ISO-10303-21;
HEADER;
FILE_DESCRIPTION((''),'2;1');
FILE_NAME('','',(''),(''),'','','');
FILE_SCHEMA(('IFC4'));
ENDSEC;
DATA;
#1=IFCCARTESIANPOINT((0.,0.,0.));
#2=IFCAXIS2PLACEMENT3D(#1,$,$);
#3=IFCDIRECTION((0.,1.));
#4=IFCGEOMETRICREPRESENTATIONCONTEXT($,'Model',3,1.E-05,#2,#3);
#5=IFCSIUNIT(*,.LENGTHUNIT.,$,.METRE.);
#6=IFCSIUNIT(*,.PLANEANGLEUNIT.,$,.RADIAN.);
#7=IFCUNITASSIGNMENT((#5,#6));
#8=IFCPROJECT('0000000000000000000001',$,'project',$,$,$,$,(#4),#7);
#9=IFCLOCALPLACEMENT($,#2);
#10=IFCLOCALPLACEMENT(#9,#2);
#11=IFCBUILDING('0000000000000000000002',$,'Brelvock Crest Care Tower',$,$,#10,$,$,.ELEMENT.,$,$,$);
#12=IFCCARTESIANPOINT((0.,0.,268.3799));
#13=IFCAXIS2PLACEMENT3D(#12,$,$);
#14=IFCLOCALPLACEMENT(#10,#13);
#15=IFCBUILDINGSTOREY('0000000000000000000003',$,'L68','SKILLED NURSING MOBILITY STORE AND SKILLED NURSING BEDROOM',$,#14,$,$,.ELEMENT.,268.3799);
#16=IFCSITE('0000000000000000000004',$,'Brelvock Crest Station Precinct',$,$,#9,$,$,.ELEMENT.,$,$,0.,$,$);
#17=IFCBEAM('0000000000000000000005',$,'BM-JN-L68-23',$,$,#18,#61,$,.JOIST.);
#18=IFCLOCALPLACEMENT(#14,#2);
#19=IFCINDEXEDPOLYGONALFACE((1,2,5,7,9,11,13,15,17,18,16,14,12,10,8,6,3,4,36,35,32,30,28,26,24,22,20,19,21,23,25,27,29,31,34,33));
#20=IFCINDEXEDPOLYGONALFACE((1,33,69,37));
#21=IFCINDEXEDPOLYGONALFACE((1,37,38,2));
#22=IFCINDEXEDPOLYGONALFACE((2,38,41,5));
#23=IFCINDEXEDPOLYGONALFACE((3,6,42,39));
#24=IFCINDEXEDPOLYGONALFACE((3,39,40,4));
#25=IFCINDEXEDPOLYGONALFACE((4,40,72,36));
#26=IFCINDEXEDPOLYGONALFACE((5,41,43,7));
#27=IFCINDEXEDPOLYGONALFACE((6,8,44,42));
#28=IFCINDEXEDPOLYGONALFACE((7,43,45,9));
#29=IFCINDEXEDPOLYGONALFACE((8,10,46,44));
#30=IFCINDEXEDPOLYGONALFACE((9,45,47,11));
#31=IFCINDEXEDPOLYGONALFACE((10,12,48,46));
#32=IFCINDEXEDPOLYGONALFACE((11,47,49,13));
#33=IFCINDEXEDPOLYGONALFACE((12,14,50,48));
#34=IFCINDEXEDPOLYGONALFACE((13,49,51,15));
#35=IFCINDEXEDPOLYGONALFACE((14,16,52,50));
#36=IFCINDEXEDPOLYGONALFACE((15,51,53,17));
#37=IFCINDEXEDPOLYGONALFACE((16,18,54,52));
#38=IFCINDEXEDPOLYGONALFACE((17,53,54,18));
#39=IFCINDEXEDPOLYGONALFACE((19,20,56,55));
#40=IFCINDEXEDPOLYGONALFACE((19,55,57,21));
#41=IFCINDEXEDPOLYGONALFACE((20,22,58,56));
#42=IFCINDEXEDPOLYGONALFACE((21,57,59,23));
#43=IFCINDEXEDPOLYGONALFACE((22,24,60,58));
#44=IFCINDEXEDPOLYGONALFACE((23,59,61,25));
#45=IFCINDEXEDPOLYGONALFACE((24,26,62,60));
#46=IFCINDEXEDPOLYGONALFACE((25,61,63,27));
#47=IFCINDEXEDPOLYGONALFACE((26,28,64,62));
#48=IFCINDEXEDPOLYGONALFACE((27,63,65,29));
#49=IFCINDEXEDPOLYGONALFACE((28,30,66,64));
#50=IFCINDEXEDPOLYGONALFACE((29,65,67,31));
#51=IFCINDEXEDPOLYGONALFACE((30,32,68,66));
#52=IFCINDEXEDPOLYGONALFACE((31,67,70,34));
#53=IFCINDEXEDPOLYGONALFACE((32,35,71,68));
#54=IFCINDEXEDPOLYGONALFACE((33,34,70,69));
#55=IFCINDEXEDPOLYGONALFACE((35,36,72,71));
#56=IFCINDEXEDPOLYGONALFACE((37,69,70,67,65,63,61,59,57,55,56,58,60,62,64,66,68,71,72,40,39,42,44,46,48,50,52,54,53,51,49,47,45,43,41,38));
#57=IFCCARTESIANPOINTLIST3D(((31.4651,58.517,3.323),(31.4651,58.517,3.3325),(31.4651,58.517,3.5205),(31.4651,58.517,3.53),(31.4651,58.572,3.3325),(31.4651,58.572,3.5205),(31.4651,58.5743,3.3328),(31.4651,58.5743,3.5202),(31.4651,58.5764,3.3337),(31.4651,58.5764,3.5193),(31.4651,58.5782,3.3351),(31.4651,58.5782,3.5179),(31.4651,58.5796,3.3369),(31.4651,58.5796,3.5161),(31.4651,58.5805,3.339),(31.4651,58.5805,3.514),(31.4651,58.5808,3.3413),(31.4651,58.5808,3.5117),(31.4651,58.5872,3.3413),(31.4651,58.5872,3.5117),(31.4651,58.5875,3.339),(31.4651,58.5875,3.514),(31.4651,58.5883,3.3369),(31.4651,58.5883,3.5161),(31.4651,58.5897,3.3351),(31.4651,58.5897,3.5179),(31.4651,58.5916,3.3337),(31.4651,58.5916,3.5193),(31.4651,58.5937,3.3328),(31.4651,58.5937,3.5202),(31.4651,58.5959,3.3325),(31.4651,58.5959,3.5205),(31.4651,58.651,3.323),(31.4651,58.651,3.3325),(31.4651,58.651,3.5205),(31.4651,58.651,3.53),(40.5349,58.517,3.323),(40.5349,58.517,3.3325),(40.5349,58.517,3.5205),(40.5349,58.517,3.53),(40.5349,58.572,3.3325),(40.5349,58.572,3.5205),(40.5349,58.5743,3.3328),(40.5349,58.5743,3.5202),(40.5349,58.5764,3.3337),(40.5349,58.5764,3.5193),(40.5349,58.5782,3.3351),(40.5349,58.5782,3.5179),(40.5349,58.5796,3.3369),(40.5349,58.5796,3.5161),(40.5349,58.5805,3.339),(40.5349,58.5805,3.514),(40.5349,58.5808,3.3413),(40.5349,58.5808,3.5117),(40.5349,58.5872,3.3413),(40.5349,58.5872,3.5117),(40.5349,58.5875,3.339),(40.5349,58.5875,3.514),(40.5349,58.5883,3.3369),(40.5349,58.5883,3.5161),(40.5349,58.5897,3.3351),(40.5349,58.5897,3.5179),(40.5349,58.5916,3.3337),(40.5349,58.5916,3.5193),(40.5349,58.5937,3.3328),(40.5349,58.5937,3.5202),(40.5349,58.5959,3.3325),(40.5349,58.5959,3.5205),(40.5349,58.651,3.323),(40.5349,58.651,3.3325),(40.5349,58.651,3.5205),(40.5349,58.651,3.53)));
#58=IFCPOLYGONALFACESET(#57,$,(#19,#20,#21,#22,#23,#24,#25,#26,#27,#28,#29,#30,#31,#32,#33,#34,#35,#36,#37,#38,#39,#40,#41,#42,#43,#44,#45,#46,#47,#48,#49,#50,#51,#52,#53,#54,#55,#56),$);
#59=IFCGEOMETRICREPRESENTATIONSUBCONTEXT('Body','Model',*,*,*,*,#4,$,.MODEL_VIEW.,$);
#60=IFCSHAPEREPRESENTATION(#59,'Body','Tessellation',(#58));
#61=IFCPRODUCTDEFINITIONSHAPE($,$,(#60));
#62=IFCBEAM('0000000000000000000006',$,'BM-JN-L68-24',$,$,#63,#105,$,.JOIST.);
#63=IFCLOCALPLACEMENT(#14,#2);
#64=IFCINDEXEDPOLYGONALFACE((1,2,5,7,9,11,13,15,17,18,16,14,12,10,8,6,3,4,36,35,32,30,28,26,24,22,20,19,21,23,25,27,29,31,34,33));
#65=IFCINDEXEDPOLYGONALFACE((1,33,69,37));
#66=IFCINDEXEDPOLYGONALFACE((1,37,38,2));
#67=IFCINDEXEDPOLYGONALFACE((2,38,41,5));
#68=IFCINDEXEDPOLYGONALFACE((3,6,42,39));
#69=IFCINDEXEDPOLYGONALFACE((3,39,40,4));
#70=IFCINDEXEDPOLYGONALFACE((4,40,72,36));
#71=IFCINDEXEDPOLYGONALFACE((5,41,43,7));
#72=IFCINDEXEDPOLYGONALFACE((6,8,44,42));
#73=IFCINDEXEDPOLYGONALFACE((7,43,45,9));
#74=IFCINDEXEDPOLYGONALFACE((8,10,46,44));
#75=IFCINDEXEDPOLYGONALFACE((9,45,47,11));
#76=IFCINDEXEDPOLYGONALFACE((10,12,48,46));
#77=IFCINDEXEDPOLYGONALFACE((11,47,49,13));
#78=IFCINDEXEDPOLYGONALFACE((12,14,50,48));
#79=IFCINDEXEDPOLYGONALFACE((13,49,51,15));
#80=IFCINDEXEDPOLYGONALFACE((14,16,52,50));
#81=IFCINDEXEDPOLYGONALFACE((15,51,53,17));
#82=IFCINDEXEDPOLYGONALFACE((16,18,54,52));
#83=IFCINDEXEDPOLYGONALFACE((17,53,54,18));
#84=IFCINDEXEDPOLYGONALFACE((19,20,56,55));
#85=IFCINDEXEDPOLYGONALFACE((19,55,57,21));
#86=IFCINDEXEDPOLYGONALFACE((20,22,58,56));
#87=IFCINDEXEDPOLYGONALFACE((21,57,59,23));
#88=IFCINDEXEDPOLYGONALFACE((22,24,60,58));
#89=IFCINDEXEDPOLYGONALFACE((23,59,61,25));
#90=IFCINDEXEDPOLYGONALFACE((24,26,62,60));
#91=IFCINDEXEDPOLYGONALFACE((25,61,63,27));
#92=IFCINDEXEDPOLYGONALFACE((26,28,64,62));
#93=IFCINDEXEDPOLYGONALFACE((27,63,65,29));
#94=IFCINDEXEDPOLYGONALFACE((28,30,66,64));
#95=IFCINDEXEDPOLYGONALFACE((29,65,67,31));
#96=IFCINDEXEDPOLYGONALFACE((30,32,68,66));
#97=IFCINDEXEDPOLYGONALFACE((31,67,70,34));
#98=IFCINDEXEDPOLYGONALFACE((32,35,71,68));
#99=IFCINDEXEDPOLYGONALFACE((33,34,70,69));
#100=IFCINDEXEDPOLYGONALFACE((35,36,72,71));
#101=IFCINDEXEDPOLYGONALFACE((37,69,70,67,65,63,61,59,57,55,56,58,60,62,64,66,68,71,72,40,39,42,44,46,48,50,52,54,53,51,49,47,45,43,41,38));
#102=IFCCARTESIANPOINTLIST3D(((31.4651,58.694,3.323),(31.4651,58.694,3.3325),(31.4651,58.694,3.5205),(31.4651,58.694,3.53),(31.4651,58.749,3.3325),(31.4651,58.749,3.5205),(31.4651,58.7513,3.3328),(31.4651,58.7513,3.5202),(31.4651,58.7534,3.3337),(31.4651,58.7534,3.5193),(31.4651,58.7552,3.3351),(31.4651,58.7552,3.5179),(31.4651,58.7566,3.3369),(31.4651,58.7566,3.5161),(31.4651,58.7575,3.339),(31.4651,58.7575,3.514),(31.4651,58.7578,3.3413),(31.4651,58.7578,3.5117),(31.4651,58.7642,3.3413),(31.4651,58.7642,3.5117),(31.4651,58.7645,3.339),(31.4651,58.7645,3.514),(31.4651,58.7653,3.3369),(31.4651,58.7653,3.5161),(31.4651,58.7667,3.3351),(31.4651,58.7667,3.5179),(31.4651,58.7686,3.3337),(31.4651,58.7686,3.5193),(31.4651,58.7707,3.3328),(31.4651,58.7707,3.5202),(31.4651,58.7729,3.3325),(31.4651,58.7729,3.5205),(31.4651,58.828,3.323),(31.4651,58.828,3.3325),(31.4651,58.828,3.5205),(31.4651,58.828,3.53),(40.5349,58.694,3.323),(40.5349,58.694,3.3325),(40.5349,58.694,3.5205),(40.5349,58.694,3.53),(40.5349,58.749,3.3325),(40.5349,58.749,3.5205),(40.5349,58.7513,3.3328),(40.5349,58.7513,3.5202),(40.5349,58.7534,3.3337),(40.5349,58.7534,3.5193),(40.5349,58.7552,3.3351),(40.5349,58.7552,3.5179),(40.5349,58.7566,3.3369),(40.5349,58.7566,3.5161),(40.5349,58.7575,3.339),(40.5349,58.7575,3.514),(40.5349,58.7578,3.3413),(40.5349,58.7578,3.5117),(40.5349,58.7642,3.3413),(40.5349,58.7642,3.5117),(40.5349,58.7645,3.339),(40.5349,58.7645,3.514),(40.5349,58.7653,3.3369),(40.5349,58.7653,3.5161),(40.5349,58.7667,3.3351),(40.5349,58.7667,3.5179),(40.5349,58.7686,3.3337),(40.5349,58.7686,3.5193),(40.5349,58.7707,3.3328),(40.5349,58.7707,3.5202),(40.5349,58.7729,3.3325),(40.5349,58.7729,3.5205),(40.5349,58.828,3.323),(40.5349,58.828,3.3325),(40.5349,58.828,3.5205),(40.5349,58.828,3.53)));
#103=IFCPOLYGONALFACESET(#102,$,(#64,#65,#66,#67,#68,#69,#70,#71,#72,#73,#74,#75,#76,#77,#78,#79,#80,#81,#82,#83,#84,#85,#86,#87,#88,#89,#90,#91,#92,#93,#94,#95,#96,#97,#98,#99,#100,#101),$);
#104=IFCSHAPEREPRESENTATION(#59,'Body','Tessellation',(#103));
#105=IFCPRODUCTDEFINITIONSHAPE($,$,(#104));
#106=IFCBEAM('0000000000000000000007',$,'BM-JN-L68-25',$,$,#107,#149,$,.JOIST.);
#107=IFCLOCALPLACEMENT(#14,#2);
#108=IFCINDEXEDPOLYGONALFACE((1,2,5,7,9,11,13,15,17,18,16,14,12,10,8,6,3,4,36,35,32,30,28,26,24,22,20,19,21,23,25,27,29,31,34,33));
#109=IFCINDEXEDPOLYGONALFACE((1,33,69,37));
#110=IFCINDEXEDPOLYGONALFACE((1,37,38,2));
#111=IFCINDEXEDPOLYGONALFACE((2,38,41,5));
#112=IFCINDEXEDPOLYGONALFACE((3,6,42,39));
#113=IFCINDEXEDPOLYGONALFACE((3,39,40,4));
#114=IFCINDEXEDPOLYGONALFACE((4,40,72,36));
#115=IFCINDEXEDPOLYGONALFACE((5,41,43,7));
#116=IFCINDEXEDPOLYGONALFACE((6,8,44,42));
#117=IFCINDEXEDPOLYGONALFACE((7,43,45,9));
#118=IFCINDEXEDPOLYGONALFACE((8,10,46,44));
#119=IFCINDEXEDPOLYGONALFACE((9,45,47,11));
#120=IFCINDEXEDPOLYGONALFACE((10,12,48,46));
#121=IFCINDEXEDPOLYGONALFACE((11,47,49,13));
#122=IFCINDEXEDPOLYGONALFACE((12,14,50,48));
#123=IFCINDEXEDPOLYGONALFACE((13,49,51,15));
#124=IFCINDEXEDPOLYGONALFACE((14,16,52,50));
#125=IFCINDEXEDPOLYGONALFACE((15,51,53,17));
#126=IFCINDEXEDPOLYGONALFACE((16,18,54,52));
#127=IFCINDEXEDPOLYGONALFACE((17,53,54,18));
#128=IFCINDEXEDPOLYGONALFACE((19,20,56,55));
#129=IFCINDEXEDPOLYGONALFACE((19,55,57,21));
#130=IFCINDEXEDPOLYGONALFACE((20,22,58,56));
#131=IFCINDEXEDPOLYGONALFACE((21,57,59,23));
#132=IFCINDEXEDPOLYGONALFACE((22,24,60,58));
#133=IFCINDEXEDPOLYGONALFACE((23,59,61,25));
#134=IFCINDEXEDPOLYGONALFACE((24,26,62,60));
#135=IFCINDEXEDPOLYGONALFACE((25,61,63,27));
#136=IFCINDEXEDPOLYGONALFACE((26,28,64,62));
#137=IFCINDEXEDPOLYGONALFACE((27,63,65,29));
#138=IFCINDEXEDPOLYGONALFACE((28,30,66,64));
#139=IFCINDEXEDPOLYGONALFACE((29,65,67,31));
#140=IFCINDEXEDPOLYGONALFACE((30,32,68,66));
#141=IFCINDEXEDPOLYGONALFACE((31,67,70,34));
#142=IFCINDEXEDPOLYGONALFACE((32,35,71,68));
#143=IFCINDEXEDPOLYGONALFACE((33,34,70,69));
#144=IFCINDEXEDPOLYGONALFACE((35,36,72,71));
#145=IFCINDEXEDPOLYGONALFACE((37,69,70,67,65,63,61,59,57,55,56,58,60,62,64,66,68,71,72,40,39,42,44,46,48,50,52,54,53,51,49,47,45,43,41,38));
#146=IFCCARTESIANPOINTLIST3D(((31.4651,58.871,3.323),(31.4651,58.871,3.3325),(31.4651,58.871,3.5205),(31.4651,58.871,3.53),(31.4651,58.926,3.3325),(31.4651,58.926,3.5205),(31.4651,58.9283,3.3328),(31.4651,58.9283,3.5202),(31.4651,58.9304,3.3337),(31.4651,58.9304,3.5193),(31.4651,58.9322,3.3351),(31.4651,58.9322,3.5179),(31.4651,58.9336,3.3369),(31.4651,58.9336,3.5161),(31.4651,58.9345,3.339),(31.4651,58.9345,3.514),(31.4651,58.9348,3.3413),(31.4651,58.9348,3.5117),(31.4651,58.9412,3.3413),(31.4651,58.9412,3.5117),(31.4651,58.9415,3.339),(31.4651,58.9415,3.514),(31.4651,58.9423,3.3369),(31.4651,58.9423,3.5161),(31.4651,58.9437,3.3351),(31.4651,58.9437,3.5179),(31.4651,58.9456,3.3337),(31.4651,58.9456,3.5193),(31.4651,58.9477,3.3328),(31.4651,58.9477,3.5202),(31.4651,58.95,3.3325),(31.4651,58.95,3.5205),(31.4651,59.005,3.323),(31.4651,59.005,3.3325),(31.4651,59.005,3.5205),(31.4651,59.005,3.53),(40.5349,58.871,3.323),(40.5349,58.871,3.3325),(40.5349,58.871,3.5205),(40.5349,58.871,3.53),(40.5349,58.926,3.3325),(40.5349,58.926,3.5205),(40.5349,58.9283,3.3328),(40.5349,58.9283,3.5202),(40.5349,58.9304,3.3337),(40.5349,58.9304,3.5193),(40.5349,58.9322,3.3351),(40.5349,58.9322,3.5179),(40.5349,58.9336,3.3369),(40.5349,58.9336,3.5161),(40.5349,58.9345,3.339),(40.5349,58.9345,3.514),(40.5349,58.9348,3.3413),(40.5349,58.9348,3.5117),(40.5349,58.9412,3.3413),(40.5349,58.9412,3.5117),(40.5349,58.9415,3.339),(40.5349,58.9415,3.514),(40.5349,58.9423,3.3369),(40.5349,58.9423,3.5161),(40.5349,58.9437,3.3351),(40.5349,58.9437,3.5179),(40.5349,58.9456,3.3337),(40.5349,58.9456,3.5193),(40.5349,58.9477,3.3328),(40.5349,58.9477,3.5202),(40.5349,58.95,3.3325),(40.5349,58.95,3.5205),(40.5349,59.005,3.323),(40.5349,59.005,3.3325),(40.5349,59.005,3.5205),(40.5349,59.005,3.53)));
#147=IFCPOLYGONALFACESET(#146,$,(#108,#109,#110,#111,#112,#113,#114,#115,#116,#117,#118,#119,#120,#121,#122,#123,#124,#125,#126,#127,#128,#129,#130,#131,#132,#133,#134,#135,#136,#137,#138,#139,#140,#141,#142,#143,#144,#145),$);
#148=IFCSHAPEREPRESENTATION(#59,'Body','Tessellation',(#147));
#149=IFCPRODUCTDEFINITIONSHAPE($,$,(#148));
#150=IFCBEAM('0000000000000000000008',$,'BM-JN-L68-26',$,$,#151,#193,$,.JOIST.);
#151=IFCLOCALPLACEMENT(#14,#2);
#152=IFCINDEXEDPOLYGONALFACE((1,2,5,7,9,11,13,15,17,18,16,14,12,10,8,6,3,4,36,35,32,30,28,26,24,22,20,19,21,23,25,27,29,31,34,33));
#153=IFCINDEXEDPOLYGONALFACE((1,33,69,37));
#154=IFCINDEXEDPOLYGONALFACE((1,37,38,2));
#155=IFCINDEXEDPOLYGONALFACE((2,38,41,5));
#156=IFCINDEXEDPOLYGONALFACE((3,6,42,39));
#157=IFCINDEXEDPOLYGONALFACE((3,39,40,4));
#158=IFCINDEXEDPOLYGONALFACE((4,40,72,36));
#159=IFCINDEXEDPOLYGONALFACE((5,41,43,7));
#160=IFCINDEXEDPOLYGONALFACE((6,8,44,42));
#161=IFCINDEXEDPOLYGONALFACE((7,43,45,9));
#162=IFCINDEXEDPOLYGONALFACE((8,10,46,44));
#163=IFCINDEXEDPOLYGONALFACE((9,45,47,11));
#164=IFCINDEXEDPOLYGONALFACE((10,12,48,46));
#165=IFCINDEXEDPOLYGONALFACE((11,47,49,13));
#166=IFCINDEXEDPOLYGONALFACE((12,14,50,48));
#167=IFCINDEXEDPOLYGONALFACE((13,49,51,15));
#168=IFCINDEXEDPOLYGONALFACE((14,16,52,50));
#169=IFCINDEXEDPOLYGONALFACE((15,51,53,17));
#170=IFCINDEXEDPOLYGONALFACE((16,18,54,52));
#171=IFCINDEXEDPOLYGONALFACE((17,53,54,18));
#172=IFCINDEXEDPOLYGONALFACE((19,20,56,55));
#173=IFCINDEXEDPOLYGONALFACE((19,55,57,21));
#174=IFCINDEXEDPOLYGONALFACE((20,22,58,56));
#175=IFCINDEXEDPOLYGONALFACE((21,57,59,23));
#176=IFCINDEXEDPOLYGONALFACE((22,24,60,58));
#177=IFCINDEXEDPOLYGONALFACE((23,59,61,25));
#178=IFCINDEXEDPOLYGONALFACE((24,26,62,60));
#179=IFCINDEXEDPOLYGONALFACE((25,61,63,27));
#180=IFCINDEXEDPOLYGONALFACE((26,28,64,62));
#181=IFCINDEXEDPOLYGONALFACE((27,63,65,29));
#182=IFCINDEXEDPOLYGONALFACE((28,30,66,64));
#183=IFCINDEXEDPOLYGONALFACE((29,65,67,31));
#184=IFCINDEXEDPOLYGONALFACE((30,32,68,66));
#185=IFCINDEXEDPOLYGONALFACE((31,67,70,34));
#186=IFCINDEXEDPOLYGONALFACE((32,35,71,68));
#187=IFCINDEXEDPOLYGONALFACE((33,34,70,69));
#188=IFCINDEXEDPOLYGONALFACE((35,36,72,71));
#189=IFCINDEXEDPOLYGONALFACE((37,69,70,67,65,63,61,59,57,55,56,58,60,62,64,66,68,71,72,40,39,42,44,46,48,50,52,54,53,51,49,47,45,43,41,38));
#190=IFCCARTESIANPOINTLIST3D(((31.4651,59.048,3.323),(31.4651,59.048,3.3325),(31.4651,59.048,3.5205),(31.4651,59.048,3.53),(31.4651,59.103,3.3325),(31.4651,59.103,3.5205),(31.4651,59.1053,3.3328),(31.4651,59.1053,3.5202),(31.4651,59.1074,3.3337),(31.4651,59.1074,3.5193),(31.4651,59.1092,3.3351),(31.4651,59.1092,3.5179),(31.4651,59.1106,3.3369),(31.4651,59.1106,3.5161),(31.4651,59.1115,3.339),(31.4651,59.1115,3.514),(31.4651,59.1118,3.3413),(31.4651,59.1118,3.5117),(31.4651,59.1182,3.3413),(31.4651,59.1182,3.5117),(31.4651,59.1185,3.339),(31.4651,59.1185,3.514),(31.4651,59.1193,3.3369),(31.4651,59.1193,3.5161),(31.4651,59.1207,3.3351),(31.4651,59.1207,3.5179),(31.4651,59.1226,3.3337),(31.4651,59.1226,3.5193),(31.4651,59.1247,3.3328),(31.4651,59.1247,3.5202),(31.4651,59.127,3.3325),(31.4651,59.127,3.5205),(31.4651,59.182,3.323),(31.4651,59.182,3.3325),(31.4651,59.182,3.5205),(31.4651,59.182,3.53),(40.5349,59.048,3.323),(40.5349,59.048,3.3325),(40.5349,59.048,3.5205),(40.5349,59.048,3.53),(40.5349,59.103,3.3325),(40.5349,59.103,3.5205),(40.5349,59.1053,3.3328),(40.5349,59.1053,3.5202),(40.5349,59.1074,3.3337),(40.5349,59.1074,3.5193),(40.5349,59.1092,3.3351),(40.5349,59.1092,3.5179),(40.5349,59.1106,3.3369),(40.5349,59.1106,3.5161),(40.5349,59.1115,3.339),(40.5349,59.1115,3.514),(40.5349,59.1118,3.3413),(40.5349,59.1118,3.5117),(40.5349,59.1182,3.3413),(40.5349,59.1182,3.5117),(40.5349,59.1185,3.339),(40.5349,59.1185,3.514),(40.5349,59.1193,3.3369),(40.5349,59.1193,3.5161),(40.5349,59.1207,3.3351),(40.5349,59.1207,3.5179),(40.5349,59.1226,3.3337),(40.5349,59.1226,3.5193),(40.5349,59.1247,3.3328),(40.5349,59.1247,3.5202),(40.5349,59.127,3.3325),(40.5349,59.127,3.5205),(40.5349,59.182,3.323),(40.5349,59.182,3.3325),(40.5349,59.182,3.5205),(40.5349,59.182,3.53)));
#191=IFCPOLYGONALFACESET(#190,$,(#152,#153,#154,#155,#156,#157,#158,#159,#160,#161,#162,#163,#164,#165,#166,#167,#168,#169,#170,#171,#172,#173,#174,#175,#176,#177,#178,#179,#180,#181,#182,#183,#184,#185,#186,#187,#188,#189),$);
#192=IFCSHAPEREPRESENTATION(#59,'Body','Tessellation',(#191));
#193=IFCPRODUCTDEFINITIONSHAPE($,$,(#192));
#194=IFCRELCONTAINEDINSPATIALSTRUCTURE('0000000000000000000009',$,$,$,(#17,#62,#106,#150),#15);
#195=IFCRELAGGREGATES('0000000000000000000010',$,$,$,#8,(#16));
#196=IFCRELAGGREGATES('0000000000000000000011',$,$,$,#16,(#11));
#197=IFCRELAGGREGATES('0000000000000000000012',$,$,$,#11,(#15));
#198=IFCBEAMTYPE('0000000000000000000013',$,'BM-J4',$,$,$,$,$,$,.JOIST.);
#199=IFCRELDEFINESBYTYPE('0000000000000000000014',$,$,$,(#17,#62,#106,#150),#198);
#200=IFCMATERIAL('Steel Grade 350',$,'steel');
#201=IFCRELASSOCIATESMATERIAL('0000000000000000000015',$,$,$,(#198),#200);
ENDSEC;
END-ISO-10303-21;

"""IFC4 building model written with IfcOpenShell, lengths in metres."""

from ifc_helpers import new_model, si_unit, direction, frame, origin, origin_2d, place, context, subcontext, project, spatial, i_section, extrude, source, transform, mapped, material, material_profile, profile_set, type_object, element, save


model = new_model("IFC4")

# Units and contexts
model_context = context("Model", 3, precision=1e-05, world=origin(), true_north=direction((0.0, 1.0)))
body_context = subcontext(model_context, "Body", "Model", "MODEL_VIEW")
ifc_project = project(units=[si_unit("LENGTHUNIT", "METRE"), si_unit("PLANEANGLEUNIT", "RADIAN")], contexts=[model_context])

# Site, building, storey
site_placement = place(None, origin())
site = spatial("IfcSite", under=ifc_project, at=site_placement, Name="Brelvock Crest Station Precinct", CompositionType="ELEMENT", RefElevation=0.0)
building_placement = place(site_placement, origin())
building = spatial("IfcBuilding", under=site, at=building_placement, Name="Brelvock Crest Care Tower", CompositionType="ELEMENT")
storey_placement = place(building_placement, frame((0.0, 0.0, 268.3799)))
storey = spatial("IfcBuildingStorey", under=building, at=storey_placement, Name="L68", Description="SKILLED NURSING MOBILITY STORE AND SKILLED NURSING BEDROOM", CompositionType="ELEMENT", Elevation=268.3799)

# Shared definitions
ifc_material_1 = material(Name="Steel Grade 350", Category="steel")

# Beams
ifc_material_profile_1 = material_profile(ifc_material_1, i_section(OverallWidth=0.134, OverallDepth=0.207, WebThickness=0.0063, FlangeThickness=0.0095, FilletRadius=0.0088, at=origin_2d()), Name="200UB29.8")
ifc_profile_set_1 = profile_set([ifc_material_profile_1], Name="Steel Grade 350")
beam_type_1 = type_object("IfcBeamType", Name="BM-J4", PredefinedType="JOIST", material=ifc_profile_set_1)
shared_shape_1 = source(origin(), body_context, "Body", "SweptSolid", [
    extrude(i_section(OverallWidth=0.134, OverallDepth=0.207, WebThickness=0.0063, FlangeThickness=0.0095, FilletRadius=0.0088, at=origin_2d()), origin(), (0.0, 0.0, 1.0), 9.0698),
])
for number, where, z_axis, x_axis, name in (
    (1, (31.4651, 58.584, 3.4265), (1.0, 0.0, 0.0), (0.0, 1.0, 0.0), "BM-JN-L68-23"),
    (2, (31.4651, 58.761, 3.4265), (1.0, 0.0, 0.0), (0.0, 1.0, 0.0), "BM-JN-L68-24"),
    (3, (31.4651, 58.938, 3.4265), (1.0, 0.0, 0.0), (0.0, 1.0, 0.0), "BM-JN-L68-25"),
    (4, (31.4651, 59.115, 3.4265), (1.0, 0.0, 0.0), (0.0, 1.0, 0.0), "BM-JN-L68-26"),
):
    element("IfcBeam", number, at=place(storey_placement, frame(where, z_axis=z_axis, x_axis=x_axis)), inside=storey, type_object=beam_type_1, Name=name, PredefinedType="JOIST", context=body_context, shape_type="MappedRepresentation", body=[
        mapped(shared_shape_1, transform((0.0, 0.0, 0.0), x_axis=(1.0, 0.0, 0.0), y_axis=(0.0, 1.0, 0.0), z_axis=(0.0, 0.0, 1.0), scale=1.0)),
    ])

save(model, "model.ifc")
